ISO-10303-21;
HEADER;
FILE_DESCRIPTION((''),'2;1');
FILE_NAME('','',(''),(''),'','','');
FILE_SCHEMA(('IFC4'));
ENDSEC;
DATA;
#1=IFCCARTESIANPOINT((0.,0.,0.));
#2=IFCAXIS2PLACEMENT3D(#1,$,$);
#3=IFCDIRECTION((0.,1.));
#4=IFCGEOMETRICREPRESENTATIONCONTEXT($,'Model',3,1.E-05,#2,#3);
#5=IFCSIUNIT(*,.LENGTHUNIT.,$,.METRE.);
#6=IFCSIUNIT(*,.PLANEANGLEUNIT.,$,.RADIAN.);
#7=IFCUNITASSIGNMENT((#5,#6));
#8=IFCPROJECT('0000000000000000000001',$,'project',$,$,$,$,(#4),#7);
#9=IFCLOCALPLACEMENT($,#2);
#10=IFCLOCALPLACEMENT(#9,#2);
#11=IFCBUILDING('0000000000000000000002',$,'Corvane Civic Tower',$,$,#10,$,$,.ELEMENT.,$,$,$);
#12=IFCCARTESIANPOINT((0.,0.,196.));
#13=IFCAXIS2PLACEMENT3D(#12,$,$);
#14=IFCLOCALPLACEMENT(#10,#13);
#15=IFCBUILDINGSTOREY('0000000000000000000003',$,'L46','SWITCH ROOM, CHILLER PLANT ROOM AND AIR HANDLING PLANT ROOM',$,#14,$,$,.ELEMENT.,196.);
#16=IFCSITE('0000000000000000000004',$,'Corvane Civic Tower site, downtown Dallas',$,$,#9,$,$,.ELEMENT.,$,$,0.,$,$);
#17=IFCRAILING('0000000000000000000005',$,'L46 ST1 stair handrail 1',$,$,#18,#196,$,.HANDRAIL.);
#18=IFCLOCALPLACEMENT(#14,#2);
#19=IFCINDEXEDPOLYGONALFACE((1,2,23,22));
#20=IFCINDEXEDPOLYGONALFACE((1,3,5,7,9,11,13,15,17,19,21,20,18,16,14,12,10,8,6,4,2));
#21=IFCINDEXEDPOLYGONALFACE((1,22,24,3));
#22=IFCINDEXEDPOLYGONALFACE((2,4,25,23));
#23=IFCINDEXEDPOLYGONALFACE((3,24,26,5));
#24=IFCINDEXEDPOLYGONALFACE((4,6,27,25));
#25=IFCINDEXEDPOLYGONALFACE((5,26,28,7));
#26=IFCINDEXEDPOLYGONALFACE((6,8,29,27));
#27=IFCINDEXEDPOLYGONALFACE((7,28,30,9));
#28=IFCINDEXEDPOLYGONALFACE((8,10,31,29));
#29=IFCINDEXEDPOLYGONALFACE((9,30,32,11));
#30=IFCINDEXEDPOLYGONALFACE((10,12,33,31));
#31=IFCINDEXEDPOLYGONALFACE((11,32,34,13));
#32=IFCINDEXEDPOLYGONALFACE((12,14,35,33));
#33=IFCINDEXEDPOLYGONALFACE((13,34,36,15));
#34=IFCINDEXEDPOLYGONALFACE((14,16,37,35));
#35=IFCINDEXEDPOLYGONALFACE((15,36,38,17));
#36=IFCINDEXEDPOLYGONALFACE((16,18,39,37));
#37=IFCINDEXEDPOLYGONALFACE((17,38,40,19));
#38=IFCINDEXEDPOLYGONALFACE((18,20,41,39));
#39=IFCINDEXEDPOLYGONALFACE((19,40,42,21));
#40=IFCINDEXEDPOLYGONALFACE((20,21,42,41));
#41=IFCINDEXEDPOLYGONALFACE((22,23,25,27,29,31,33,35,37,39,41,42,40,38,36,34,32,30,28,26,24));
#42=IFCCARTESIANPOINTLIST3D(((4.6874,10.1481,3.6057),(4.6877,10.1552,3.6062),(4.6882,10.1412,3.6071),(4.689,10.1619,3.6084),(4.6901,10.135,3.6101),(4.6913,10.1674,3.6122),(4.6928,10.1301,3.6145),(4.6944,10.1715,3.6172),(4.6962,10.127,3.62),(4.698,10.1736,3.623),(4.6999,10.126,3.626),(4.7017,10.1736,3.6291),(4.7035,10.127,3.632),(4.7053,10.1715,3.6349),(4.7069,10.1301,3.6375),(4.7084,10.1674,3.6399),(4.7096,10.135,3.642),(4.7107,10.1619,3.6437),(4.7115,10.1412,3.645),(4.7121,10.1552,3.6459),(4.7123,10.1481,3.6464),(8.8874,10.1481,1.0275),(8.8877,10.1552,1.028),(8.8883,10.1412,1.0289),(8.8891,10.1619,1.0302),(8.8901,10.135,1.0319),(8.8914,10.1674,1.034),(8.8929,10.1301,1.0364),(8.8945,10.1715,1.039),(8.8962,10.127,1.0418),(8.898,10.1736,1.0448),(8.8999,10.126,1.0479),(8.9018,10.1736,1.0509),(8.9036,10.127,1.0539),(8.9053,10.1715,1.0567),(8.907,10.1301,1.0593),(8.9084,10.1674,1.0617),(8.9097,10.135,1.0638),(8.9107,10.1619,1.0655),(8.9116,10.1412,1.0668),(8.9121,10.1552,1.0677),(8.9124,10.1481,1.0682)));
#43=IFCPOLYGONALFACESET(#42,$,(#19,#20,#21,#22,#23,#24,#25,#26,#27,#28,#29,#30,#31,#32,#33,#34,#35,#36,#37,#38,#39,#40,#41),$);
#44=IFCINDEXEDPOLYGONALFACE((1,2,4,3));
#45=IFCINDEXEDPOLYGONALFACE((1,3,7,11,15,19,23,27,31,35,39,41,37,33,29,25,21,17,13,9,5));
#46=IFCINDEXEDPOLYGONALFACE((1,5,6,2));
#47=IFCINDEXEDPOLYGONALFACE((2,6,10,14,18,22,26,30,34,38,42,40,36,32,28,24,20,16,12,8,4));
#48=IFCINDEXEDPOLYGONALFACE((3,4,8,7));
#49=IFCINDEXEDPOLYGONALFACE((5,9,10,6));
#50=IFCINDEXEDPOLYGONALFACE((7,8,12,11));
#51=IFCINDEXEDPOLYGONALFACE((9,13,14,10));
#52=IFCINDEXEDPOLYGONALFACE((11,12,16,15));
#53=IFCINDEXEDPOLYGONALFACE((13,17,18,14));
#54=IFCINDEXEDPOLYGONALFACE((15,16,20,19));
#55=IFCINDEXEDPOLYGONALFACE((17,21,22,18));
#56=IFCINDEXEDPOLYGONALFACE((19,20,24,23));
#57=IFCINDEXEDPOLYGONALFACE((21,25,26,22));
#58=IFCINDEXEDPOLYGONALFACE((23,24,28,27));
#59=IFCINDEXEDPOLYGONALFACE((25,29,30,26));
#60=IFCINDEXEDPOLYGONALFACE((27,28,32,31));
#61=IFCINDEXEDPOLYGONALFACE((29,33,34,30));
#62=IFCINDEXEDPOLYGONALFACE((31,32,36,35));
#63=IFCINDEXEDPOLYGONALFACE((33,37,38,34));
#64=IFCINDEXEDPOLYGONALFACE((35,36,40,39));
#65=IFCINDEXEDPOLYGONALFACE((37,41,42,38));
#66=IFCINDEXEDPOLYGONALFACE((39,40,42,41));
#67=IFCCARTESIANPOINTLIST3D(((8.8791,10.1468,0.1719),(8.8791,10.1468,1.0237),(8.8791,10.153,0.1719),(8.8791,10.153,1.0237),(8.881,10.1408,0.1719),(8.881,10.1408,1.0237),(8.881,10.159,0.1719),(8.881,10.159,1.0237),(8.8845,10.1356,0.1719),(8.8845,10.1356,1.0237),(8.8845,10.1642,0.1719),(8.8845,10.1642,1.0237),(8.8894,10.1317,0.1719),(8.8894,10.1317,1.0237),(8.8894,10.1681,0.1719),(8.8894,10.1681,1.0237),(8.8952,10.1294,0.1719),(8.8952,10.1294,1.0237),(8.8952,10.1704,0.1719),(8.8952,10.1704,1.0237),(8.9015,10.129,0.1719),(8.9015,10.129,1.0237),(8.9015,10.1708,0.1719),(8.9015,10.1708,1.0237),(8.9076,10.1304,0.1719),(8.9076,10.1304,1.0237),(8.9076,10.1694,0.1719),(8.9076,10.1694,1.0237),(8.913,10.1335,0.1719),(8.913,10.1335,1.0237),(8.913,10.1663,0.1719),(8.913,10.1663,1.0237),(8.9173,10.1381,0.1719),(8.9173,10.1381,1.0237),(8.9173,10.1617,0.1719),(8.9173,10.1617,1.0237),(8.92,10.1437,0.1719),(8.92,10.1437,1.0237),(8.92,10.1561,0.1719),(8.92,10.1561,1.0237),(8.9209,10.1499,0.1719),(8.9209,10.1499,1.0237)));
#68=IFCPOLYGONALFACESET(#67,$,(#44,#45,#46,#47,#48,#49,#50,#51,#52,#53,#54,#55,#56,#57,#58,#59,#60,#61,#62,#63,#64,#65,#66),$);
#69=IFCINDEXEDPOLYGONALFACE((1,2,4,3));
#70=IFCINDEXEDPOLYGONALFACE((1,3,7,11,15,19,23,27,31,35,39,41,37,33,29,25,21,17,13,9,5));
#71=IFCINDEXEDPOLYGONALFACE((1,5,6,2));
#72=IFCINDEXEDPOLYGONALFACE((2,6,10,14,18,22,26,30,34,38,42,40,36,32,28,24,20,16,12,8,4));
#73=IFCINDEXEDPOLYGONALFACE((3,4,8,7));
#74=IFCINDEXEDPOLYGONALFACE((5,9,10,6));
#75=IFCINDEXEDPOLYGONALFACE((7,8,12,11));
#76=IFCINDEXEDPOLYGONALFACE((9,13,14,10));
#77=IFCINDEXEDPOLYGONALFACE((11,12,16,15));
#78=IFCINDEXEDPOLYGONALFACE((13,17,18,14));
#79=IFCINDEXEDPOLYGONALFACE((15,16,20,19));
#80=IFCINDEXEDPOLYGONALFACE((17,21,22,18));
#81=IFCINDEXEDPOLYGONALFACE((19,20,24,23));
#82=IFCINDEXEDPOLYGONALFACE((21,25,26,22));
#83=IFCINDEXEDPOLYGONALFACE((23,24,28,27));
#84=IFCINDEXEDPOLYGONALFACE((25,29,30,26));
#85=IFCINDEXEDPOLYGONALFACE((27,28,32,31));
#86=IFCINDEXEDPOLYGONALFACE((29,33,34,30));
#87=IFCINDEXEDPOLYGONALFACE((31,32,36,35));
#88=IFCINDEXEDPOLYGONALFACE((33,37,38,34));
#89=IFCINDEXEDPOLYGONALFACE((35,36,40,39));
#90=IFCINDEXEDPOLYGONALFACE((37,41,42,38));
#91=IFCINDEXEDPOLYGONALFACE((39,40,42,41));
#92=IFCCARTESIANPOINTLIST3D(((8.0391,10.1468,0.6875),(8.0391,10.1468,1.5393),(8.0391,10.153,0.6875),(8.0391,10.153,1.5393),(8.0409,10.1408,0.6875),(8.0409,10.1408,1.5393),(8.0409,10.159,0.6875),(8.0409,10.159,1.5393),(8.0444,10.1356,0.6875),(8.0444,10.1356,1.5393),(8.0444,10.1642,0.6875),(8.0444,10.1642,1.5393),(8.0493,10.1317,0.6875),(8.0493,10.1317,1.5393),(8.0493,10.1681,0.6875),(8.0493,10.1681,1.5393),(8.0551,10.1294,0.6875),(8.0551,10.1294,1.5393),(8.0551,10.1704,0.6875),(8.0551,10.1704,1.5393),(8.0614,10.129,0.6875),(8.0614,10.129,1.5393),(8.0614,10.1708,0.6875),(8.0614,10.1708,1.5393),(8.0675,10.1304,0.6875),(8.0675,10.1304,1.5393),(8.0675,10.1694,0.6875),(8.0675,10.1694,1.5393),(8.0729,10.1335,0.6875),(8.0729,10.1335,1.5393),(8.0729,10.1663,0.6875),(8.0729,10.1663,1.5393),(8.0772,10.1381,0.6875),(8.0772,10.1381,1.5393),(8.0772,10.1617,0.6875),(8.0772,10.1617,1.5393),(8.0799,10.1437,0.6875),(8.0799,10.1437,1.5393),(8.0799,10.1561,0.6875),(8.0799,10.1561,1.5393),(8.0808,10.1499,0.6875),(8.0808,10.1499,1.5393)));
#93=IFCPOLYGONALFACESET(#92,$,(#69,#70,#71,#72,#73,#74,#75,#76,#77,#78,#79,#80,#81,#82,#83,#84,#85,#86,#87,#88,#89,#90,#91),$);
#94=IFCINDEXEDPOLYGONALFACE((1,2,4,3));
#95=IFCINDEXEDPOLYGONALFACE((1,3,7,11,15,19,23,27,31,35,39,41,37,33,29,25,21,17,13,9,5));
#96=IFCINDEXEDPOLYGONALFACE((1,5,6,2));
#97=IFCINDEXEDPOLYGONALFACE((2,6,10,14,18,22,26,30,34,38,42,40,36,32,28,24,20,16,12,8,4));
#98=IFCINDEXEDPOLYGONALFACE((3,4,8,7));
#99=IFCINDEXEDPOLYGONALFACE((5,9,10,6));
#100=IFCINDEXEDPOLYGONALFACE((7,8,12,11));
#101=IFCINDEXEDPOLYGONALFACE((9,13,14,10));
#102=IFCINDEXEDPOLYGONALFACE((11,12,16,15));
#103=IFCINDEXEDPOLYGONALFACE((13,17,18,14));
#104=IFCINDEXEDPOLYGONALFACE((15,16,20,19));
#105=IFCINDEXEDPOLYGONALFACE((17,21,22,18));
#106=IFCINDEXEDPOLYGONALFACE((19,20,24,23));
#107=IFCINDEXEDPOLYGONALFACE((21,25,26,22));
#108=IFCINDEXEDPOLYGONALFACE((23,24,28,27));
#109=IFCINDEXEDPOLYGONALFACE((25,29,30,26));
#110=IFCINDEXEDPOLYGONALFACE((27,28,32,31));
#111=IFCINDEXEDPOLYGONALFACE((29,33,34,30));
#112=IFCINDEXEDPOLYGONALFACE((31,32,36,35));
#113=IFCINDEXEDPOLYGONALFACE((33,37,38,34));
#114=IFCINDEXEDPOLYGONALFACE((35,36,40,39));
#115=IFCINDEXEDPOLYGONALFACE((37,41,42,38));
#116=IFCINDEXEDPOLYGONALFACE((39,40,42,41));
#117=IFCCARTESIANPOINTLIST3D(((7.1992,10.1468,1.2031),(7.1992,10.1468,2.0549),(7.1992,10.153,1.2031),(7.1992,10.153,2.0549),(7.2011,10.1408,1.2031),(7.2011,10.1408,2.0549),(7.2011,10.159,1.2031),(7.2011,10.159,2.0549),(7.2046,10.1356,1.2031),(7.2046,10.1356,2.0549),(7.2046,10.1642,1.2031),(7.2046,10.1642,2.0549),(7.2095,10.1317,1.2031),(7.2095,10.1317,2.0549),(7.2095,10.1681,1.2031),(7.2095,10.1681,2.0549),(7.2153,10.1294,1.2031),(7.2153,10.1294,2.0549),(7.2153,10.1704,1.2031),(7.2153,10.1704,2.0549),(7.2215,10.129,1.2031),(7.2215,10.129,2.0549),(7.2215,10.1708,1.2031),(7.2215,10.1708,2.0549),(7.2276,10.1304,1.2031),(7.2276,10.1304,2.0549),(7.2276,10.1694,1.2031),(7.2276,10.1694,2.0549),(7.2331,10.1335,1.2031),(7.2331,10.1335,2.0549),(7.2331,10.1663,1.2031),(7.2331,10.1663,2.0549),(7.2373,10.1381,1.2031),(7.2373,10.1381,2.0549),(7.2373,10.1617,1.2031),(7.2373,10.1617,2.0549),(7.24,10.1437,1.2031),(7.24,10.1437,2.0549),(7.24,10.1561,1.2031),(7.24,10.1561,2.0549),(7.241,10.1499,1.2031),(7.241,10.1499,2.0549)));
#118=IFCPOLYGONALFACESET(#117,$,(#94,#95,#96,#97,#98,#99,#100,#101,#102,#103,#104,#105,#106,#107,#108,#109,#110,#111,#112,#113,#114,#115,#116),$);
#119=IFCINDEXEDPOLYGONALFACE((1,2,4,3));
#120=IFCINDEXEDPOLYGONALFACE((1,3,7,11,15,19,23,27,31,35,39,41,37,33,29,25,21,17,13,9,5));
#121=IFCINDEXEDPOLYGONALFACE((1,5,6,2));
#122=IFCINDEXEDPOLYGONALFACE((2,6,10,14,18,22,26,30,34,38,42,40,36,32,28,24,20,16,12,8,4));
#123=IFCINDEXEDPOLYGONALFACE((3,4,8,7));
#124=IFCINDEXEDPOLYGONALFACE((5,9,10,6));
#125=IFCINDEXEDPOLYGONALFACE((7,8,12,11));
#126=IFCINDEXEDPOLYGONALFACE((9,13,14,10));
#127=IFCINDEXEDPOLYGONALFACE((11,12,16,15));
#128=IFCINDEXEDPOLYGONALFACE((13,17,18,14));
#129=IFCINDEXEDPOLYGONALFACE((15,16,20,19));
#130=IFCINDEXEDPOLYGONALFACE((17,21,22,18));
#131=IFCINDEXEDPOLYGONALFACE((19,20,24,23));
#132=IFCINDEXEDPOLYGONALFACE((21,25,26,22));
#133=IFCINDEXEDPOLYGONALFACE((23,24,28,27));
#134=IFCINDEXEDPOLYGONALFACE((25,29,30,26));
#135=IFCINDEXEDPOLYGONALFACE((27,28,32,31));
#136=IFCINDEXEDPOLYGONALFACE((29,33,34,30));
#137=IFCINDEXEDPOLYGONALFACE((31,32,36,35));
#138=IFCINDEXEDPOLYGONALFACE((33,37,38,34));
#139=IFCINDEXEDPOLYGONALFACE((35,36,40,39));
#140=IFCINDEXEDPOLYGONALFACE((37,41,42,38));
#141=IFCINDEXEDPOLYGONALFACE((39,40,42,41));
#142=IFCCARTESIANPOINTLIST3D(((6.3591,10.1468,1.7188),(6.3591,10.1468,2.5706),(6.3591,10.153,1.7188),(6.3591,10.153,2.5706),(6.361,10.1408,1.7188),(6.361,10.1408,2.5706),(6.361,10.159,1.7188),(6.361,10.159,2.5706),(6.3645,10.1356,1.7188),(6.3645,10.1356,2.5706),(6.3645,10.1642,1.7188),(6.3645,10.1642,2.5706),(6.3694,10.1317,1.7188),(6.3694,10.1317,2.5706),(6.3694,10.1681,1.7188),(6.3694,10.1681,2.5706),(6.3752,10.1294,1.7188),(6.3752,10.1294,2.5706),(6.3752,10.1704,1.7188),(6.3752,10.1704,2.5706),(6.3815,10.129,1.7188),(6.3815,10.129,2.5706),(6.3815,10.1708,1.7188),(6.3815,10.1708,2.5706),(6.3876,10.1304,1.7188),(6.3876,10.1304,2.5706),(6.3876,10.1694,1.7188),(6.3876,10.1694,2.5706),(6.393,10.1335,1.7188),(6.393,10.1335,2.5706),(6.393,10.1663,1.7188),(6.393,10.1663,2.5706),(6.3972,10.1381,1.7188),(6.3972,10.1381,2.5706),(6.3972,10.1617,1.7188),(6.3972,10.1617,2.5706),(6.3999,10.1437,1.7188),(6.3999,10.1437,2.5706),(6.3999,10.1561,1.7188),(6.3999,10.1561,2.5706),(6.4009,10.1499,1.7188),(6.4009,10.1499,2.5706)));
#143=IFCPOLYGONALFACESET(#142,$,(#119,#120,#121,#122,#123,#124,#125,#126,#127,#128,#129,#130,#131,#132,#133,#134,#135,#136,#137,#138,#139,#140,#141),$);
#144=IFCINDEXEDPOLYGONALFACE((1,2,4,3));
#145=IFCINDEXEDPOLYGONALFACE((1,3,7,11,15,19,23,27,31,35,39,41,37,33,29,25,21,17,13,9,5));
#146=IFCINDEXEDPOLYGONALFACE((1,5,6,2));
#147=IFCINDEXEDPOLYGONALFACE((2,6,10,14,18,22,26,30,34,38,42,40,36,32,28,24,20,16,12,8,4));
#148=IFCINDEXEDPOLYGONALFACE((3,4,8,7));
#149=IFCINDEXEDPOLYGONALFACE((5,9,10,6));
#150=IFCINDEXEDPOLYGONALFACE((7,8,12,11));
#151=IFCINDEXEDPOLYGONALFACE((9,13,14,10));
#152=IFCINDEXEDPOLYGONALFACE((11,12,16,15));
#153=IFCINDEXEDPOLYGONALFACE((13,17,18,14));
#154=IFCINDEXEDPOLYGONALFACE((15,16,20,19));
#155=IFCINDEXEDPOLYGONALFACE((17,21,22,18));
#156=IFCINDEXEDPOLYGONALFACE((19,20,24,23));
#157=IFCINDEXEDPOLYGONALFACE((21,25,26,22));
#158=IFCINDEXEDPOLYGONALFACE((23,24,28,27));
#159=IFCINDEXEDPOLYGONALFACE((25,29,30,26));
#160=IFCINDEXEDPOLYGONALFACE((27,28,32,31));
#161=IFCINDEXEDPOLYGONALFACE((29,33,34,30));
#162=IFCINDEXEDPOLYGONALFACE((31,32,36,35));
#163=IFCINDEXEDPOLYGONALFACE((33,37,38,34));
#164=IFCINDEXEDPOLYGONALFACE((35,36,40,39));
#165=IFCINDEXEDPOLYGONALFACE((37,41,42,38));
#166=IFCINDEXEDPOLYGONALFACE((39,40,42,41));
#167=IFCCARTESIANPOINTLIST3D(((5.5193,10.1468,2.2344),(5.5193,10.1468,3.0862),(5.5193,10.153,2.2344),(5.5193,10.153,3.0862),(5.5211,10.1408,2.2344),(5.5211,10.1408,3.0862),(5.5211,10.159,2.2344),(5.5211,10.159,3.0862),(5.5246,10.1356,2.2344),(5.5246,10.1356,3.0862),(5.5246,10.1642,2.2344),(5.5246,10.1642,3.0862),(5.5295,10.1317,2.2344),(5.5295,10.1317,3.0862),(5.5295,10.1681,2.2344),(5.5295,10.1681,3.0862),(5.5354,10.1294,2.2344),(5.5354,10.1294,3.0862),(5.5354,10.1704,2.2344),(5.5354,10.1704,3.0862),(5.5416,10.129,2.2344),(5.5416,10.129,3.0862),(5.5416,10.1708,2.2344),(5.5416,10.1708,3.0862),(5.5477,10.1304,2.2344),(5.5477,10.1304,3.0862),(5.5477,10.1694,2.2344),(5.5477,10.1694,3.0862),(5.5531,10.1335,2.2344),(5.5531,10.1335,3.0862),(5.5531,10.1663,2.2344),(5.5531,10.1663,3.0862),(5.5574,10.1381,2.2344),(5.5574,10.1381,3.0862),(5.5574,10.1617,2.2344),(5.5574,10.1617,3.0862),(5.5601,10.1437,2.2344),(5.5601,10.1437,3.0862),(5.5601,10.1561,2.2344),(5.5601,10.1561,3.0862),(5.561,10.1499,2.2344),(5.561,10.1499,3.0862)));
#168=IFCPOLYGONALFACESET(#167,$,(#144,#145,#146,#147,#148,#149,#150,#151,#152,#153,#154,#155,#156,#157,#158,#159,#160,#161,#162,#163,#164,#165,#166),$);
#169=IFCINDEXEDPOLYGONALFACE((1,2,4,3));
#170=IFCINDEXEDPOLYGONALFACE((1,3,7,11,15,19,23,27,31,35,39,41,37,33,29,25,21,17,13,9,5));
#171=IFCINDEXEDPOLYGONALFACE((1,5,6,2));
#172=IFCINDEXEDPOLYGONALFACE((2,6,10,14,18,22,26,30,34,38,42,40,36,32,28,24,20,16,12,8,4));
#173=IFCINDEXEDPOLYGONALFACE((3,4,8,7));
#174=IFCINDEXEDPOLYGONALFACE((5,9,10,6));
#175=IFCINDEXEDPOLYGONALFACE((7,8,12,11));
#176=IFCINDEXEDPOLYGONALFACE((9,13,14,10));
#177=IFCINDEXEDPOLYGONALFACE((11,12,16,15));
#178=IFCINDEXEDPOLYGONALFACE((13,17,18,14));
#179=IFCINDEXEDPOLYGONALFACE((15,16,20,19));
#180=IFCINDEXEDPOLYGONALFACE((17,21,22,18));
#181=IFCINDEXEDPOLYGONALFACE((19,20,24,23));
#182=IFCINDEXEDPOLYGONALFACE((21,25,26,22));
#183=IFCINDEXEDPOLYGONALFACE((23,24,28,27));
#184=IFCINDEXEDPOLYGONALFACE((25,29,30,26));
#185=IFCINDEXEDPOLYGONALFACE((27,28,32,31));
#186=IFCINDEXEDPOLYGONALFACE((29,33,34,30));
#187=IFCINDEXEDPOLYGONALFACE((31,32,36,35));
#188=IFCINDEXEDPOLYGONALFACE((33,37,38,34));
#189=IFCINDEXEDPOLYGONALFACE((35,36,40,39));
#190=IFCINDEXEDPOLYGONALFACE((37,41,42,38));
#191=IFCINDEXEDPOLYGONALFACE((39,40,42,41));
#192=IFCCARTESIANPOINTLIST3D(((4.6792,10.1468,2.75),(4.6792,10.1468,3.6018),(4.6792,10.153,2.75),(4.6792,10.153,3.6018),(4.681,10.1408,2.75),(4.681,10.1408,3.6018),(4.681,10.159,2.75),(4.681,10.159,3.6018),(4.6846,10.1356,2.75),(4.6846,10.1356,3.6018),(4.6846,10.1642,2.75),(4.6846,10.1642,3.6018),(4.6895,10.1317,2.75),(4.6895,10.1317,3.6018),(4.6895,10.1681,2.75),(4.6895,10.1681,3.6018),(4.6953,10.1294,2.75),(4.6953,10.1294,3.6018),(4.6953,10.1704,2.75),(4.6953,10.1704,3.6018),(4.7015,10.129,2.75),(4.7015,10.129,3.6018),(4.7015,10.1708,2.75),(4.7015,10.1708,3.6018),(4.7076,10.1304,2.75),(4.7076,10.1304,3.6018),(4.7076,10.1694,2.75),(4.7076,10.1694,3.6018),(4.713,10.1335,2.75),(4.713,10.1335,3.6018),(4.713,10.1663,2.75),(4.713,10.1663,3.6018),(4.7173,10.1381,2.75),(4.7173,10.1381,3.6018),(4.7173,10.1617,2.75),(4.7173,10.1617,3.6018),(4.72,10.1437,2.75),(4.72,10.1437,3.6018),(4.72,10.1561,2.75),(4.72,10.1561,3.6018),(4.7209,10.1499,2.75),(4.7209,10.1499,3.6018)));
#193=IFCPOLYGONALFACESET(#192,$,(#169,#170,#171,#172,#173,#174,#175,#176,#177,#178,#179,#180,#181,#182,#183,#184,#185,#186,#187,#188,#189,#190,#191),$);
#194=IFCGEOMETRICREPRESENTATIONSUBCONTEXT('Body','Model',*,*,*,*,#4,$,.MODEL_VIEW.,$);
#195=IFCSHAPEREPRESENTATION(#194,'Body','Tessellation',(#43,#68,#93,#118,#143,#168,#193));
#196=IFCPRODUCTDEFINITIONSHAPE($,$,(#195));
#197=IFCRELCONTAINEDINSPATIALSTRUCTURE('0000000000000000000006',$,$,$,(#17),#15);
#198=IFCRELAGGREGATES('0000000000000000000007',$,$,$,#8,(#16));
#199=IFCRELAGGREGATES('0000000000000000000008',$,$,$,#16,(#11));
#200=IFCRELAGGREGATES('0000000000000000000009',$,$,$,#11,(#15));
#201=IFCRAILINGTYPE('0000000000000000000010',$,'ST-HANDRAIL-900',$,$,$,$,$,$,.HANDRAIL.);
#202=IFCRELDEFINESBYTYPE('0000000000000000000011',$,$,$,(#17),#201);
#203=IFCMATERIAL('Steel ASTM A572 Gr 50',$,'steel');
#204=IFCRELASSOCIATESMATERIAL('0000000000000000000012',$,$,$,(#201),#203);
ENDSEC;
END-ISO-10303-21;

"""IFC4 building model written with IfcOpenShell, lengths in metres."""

from ifc_helpers import new_model, si_unit, direction, frame, origin, origin_2d, place, context, subcontext, project, spatial, circle, extrude, material, type_object, element, save


model = new_model("IFC4")

# Units and contexts
model_context = context("Model", 3, precision=1e-05, world=origin(), true_north=direction((0.0, 1.0)))
body_context = subcontext(model_context, "Body", "Model", "MODEL_VIEW")
ifc_project = project(units=[si_unit("LENGTHUNIT", "METRE"), si_unit("PLANEANGLEUNIT", "RADIAN")], contexts=[model_context])

# Site, building, storey
site_placement = place(None, origin())
site = spatial("IfcSite", under=ifc_project, at=site_placement, Name="Corvane Civic Tower site, downtown Dallas", CompositionType="ELEMENT", RefElevation=0.0)
building_placement = place(site_placement, origin())
building = spatial("IfcBuilding", under=site, at=building_placement, Name="Corvane Civic Tower", CompositionType="ELEMENT")
storey_placement = place(building_placement, frame((0.0, 0.0, 196.0)))
storey = spatial("IfcBuildingStorey", under=building, at=storey_placement, Name="L46", Description="SWITCH ROOM, CHILLER PLANT ROOM AND AIR HANDLING PLANT ROOM", CompositionType="ELEMENT", Elevation=196.0)

# Railing
ifc_material_1 = material(Name="Steel ASTM A572 Gr 50", Category="steel")
railing_type_1 = type_object("IfcRailingType", Name="ST-HANDRAIL-900", PredefinedType="HANDRAIL", material=ifc_material_1)
railing_1_placement = place(storey_placement, frame((8.8999, 10.1499, 0.1719)))
element("IfcRailing", 1, at=railing_1_placement, inside=storey, type_object=railing_type_1, Name="L46 ST1 stair handrail 1", PredefinedType="HANDRAIL", context=body_context, shape_type="SweptSolid", body=[
    extrude(circle(Radius=0.0239, at=origin_2d()), frame((0.0, 0.0, 0.876), z_axis=(-0.852243, 0.0, 0.523146), x_axis=(0.0, -1.0, 0.0)), (0.0, 0.0, 1.0), 4.9282),
    extrude(circle(Radius=0.021, at=origin_2d()), origin(), (0.0, 0.0, 1.0), 0.8518),
    extrude(circle(Radius=0.021, at=origin_2d()), frame((-0.8401, 0.0, 0.5156)), (0.0, 0.0, 1.0), 0.8518),
    extrude(circle(Radius=0.021, at=origin_2d()), frame((-1.6799, 0.0, 1.0312)), (0.0, 0.0, 1.0), 0.8518),
    extrude(circle(Radius=0.021, at=origin_2d()), frame((-2.52, 0.0, 1.5469)), (0.0, 0.0, 1.0), 0.8518),
    extrude(circle(Radius=0.021, at=origin_2d()), frame((-3.3599, 0.0, 2.0625)), (0.0, 0.0, 1.0), 0.8518),
    extrude(circle(Radius=0.021, at=origin_2d()), frame((-4.2, 0.0, 2.5781)), (0.0, 0.0, 1.0), 0.8518),
])

save(model, "model.ifc")
